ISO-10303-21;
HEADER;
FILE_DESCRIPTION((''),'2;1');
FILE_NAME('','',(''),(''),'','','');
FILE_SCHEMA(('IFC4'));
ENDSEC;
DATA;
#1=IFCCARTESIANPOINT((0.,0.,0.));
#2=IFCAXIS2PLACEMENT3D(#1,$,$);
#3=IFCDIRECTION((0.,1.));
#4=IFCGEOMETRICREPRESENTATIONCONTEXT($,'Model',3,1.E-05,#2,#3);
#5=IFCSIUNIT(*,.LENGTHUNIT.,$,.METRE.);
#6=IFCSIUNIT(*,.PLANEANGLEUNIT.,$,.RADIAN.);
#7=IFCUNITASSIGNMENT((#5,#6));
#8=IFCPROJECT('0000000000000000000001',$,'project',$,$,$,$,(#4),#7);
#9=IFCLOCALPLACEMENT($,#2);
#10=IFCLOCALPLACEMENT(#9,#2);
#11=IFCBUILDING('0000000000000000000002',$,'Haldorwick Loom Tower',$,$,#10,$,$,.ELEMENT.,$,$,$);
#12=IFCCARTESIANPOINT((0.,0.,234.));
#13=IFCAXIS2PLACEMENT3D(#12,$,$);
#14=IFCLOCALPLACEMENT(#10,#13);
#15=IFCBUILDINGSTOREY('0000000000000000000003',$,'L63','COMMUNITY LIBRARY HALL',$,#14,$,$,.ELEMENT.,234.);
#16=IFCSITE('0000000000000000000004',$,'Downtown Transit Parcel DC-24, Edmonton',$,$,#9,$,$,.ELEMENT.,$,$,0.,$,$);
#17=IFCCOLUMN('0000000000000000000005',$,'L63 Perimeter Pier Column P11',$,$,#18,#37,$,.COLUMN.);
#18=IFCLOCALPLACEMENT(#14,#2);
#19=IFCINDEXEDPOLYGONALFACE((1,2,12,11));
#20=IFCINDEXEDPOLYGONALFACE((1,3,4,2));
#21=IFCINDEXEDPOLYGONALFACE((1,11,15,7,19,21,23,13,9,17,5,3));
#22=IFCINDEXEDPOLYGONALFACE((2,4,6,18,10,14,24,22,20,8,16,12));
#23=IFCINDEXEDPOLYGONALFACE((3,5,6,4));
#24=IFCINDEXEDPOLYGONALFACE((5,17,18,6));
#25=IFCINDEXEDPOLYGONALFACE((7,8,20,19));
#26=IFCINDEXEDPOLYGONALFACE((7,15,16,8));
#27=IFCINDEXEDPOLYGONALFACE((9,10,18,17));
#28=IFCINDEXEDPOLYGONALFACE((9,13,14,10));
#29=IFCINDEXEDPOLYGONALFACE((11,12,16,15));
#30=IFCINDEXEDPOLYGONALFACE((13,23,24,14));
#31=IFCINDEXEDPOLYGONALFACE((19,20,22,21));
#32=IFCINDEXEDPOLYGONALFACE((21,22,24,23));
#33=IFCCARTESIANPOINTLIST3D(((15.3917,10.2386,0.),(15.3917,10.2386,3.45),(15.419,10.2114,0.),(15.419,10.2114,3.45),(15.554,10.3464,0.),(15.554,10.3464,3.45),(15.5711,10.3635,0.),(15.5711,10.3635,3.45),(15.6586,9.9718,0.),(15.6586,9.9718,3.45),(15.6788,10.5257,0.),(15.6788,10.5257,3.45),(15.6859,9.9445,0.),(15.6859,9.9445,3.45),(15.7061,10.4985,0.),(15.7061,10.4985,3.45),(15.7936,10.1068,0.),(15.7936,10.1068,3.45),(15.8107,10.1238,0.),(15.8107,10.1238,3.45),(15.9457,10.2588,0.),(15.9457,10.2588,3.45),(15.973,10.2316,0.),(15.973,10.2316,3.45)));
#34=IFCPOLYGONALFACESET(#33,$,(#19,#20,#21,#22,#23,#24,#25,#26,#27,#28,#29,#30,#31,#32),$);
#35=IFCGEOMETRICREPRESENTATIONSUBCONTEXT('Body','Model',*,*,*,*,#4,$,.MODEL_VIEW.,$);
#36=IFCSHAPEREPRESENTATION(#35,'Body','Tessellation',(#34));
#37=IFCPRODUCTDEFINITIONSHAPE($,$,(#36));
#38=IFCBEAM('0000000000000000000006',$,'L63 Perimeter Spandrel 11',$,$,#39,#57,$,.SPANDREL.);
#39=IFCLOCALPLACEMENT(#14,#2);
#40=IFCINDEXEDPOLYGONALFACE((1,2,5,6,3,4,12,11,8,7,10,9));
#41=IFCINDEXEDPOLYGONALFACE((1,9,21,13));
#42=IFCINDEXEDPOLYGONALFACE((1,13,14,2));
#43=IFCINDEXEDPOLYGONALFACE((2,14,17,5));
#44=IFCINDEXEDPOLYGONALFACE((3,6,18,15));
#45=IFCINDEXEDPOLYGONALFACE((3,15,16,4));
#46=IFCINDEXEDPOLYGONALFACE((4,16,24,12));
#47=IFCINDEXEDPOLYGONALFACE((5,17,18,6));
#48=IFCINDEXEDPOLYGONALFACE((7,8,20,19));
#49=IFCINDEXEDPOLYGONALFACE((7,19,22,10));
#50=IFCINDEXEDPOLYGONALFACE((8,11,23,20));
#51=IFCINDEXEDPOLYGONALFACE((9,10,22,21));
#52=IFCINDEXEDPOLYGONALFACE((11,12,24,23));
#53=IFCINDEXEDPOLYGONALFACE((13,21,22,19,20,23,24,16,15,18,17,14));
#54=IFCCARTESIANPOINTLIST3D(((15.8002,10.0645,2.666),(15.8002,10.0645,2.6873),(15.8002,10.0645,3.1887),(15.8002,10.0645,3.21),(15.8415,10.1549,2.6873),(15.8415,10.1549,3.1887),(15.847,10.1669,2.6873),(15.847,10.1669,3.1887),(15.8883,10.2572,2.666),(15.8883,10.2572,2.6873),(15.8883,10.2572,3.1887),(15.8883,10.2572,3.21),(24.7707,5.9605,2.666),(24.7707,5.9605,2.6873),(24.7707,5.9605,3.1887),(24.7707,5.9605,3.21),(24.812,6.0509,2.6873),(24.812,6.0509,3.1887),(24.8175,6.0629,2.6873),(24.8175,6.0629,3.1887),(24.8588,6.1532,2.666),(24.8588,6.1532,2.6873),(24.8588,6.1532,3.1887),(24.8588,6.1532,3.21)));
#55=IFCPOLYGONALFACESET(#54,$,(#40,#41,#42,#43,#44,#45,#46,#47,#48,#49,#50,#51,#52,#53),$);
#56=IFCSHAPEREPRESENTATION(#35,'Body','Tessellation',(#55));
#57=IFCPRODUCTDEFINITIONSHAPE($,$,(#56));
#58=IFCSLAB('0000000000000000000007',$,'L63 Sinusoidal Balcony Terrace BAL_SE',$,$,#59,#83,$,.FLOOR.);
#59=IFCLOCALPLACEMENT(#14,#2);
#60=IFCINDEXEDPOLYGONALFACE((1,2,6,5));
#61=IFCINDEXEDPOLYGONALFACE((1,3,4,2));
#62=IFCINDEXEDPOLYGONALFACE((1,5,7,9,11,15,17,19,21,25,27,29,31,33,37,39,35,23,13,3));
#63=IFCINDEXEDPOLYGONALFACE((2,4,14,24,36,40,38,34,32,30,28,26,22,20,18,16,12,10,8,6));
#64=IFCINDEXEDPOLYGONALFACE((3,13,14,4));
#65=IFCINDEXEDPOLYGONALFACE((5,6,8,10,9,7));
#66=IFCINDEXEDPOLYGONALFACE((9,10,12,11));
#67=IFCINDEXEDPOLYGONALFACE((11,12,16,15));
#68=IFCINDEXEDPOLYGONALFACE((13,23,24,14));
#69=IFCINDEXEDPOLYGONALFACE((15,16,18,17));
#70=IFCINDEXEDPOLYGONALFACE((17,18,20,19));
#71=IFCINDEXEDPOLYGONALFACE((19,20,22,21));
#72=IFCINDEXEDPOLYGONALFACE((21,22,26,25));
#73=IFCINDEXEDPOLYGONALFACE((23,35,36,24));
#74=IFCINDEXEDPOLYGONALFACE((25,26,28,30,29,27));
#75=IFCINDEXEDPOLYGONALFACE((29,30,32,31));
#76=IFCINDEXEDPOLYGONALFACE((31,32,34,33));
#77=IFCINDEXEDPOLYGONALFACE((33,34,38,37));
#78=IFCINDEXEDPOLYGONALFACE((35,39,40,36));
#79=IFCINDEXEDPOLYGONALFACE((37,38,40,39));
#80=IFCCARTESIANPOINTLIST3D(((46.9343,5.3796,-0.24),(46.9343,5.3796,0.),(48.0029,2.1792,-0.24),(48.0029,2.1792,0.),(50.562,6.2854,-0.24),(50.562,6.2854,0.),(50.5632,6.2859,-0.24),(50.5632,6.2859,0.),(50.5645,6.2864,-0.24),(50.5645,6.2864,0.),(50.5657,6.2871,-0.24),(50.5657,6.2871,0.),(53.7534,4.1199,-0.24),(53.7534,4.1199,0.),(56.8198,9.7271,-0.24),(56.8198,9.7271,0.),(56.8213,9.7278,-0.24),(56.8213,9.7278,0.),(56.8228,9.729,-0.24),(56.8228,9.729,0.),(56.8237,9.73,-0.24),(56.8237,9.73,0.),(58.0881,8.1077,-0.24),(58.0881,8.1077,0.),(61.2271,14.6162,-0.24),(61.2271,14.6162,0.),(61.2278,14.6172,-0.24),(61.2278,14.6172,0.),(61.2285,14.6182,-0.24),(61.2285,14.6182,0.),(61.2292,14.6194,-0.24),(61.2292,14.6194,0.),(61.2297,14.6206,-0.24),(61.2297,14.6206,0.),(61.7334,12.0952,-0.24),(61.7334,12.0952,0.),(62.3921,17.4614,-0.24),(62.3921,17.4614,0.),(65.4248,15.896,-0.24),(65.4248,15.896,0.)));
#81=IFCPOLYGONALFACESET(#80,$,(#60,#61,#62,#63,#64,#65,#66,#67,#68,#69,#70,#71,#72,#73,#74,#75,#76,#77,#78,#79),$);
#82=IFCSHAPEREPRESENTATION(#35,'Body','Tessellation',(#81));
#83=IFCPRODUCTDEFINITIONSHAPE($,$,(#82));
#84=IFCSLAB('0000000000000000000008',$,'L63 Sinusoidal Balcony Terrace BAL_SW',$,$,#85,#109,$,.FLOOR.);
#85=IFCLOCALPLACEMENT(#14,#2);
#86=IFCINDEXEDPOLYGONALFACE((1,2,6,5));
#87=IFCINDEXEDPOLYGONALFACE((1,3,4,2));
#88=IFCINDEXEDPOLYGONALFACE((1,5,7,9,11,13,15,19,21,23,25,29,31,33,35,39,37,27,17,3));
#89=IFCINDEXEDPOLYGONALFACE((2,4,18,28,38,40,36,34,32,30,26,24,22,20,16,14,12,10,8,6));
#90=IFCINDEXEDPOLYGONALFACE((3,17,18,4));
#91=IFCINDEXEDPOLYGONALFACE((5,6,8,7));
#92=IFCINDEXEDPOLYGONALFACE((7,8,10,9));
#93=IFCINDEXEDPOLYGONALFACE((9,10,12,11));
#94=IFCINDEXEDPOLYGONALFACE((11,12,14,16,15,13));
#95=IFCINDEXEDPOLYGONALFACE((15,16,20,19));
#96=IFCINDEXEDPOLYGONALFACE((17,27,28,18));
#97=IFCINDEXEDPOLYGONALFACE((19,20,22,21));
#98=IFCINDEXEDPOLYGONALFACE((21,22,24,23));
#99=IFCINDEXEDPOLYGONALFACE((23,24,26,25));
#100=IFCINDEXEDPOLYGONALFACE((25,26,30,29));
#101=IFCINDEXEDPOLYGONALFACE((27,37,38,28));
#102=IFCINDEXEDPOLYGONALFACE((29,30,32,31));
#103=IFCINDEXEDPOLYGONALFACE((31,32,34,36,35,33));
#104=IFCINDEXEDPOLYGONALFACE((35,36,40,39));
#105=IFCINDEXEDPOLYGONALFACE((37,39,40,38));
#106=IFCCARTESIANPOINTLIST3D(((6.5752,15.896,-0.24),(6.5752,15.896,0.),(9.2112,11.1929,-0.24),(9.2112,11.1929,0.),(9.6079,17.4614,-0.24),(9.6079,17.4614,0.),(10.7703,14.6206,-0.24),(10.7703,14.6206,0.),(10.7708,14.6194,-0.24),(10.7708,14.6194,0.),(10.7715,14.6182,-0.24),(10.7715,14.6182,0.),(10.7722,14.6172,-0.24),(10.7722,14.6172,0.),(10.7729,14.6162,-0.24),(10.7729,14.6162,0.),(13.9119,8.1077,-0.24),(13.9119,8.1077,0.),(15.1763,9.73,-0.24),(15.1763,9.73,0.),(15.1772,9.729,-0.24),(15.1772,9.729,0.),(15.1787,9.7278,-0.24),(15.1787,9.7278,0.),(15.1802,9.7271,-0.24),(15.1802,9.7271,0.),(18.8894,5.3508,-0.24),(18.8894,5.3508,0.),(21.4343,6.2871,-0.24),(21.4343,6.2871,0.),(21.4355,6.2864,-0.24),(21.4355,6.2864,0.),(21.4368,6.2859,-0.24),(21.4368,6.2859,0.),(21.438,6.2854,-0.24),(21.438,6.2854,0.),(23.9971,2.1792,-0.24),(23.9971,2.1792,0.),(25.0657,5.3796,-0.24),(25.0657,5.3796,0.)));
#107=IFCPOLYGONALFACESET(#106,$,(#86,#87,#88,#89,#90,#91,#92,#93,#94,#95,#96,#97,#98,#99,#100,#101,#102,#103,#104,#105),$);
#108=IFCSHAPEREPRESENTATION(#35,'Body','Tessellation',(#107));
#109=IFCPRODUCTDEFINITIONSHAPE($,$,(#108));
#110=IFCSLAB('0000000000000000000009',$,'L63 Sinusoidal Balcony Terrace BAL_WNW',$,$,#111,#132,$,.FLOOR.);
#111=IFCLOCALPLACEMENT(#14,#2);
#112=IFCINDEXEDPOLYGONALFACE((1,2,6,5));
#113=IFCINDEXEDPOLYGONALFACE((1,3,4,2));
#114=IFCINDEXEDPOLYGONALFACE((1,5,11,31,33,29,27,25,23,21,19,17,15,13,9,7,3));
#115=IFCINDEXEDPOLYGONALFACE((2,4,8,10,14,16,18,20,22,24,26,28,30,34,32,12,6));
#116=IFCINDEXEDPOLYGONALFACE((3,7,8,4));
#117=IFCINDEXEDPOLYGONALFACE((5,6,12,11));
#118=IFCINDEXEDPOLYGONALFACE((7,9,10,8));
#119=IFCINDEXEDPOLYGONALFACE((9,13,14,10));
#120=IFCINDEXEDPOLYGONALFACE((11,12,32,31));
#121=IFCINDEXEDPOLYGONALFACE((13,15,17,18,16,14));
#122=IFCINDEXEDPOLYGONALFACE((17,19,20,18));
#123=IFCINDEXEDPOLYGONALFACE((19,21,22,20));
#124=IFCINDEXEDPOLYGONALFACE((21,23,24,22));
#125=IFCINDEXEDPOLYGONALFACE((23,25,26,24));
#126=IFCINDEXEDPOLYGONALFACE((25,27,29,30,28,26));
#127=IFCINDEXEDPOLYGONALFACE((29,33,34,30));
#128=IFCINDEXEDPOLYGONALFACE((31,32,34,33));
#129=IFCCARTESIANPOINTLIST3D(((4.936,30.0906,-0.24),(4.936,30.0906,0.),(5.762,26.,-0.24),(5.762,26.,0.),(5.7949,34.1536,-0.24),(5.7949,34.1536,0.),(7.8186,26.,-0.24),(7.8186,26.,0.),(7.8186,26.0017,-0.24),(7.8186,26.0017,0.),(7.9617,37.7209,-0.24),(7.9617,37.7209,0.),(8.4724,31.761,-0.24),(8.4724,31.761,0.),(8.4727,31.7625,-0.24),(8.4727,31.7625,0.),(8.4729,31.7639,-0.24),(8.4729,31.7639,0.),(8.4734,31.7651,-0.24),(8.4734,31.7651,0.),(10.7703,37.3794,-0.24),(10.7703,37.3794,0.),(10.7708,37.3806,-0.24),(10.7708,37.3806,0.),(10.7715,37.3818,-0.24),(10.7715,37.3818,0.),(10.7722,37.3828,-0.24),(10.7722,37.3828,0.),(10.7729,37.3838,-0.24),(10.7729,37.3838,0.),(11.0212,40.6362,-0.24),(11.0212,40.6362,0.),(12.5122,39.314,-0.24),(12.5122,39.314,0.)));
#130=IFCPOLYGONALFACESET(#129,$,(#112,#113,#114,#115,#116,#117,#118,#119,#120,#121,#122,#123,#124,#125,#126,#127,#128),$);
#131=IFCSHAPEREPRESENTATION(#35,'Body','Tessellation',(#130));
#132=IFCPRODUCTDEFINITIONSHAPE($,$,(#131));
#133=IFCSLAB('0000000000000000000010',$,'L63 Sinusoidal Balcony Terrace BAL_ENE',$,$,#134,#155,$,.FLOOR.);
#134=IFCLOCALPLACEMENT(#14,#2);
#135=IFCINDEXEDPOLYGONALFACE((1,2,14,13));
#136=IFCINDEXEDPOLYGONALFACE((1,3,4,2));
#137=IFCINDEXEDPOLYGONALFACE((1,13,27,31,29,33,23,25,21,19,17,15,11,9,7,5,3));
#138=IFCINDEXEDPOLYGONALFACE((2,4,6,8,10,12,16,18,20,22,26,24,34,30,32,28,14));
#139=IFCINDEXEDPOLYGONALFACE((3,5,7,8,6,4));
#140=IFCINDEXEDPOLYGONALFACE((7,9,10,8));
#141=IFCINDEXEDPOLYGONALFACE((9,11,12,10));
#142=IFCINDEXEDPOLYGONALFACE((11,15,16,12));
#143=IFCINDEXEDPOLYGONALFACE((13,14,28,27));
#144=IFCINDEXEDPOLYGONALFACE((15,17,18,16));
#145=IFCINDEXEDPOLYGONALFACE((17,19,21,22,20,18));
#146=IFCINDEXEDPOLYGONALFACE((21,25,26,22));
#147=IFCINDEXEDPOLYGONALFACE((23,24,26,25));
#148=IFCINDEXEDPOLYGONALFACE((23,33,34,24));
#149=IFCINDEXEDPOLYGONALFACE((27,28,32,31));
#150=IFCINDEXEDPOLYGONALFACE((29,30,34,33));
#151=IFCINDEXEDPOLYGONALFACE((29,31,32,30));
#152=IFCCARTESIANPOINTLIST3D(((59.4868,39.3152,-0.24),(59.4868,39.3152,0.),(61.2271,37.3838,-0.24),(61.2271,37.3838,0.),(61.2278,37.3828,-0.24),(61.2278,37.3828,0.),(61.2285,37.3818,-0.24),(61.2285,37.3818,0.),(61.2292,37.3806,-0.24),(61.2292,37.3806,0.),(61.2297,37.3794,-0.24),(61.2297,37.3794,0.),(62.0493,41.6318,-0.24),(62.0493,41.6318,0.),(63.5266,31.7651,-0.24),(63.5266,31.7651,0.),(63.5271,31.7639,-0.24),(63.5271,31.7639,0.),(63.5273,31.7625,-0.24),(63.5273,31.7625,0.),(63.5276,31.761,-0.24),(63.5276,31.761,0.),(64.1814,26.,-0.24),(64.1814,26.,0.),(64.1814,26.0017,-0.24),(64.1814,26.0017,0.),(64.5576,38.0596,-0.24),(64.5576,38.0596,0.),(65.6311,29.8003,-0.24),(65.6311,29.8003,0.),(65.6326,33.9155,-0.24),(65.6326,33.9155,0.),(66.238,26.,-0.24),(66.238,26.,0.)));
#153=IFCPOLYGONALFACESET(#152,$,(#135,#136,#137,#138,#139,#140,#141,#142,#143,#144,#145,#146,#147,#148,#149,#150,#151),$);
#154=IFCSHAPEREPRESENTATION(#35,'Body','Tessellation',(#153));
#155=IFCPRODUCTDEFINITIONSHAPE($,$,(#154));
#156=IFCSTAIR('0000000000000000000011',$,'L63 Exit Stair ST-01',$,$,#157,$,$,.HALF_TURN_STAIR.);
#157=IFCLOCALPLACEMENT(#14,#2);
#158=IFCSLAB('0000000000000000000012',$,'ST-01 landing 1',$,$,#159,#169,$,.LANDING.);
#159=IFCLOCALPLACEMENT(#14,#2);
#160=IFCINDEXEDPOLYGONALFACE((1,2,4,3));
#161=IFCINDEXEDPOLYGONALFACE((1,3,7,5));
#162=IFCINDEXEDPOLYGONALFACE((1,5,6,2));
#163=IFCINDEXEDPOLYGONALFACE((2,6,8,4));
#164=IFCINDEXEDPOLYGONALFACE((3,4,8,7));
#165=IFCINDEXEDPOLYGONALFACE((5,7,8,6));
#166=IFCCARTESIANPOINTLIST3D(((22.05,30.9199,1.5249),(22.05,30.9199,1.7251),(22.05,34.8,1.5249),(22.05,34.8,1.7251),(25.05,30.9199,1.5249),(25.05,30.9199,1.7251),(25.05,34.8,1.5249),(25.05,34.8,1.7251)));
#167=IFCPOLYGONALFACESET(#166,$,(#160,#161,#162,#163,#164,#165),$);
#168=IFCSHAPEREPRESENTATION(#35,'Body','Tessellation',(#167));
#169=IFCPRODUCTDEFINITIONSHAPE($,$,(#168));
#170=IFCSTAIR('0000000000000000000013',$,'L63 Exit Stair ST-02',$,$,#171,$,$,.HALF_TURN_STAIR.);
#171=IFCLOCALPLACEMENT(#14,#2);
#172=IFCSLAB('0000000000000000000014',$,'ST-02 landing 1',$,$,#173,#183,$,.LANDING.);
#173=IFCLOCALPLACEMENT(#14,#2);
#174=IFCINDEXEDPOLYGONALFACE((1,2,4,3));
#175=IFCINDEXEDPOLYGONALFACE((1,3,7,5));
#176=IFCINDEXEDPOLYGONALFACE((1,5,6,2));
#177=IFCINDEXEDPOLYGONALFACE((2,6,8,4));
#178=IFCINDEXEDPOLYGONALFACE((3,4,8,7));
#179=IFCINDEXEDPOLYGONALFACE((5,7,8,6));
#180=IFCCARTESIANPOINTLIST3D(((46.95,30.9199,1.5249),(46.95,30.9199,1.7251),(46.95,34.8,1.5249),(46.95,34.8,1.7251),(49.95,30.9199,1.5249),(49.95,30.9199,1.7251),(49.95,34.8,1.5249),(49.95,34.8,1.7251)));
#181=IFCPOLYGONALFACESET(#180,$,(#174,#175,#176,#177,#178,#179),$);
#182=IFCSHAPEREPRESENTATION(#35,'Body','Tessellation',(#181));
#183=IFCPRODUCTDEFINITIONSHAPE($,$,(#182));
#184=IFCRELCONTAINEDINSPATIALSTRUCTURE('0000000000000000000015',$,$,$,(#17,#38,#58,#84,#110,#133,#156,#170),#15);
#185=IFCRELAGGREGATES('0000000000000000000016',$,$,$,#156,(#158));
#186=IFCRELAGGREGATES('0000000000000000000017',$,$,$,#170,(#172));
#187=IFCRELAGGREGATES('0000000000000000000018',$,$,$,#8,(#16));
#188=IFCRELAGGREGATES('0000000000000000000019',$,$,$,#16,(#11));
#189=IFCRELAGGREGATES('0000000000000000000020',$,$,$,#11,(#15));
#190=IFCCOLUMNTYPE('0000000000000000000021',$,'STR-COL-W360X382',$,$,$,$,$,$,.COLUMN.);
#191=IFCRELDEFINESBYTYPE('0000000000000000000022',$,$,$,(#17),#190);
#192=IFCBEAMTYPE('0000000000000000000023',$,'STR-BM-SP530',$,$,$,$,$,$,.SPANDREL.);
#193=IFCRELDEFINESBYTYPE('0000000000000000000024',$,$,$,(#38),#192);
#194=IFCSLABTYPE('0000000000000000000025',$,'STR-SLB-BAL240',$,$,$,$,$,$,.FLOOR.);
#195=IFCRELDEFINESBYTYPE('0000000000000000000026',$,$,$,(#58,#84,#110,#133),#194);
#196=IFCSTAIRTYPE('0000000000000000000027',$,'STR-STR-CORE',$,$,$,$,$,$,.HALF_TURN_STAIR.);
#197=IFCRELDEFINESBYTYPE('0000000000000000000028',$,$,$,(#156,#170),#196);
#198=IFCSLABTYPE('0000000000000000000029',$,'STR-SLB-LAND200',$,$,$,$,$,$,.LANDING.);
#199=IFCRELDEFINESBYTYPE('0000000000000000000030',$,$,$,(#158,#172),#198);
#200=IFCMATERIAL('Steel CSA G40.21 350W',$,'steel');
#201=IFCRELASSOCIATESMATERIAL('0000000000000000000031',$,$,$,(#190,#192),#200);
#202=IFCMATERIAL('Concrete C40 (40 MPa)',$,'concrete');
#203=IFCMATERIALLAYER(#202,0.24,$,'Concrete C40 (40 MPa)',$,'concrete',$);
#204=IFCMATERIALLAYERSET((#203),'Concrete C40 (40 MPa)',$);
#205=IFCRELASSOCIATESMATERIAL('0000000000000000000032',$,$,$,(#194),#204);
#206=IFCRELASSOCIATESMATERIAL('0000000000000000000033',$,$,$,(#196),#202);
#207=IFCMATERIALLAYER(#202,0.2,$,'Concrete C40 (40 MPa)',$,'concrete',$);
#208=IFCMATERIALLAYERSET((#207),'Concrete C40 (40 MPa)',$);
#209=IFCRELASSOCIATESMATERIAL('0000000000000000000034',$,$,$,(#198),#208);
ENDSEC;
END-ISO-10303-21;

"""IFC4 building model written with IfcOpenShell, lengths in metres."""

from ifc_helpers import new_model, si_unit, direction, frame, origin, origin_2d, place, context, subcontext, project, spatial, polyline, i_section, outline, extrude, material, layer, layer_set, material_profile, profile_set, type_object, element, aggregate, save


model = new_model("IFC4")

# Units and contexts
model_context = context("Model", 3, precision=1e-05, world=origin(), true_north=direction((0.0, 1.0)))
body_context = subcontext(model_context, "Body", "Model", "MODEL_VIEW")
ifc_project = project(units=[si_unit("LENGTHUNIT", "METRE"), si_unit("PLANEANGLEUNIT", "RADIAN")], contexts=[model_context])

# Site, building, storey
site_placement = place(None, origin())
site = spatial("IfcSite", under=ifc_project, at=site_placement, Name="Downtown Transit Parcel DC-24, Edmonton", CompositionType="ELEMENT", RefElevation=0.0)
building_placement = place(site_placement, origin())
building = spatial("IfcBuilding", under=site, at=building_placement, Name="Haldorwick Loom Tower", CompositionType="ELEMENT")
storey_placement = place(building_placement, frame((0.0, 0.0, 234.0)))
storey = spatial("IfcBuildingStorey", under=building, at=storey_placement, Name="L63", Description="COMMUNITY LIBRARY HALL", CompositionType="ELEMENT", Elevation=234.0)

# Column
ifc_material_1 = material(Name="Steel CSA G40.21 350W", Category="steel")
ifc_material_profile_1 = material_profile(ifc_material_1, i_section(OverallWidth=0.406, OverallDepth=0.416, WebThickness=0.0242, FlangeThickness=0.0386, at=origin_2d()), Name="W360X382", Category="steel")
ifc_profile_set_1 = profile_set([ifc_material_profile_1], Name="Steel CSA G40.21 350W")
column_type = type_object("IfcColumnType", Name="STR-COL-W360X382", PredefinedType="COLUMN", material=ifc_profile_set_1)
column_placement = place(storey_placement, frame((15.6824, 10.2351, 0.0), z_axis=(0.0, 0.0, 1.0), x_axis=(-0.707107, -0.707107, 0.0)))
element("IfcColumn", 1, at=column_placement, inside=storey, type_object=column_type, Name="L63 Perimeter Pier Column P11", PredefinedType="COLUMN", context=body_context, shape_type="SweptSolid", body=[
    extrude(i_section(OverallWidth=0.406, OverallDepth=0.416, WebThickness=0.0242, FlangeThickness=0.0386, at=origin_2d()), origin(), (0.0, 0.0, 1.0), 3.45),
])

# Beam
ifc_material_profile_2 = material_profile(ifc_material_1, i_section(OverallWidth=0.2119, OverallDepth=0.5439, WebThickness=0.0132, FlangeThickness=0.0212, at=origin_2d()), Name="W530X123", Category="steel")
ifc_profile_set_2 = profile_set([ifc_material_profile_2], Name="Steel CSA G40.21 350W")
beam_type = type_object("IfcBeamType", Name="STR-BM-SP530", PredefinedType="SPANDREL", material=ifc_profile_set_2)
beam_placement = place(storey_placement, frame((15.8442, 10.1609, 2.938), z_axis=(0.909351, -0.41603, 0.0), x_axis=(0.41603, 0.909351, 0.0)))
element("IfcBeam", 2, at=beam_placement, inside=storey, type_object=beam_type, Name="L63 Perimeter Spandrel 11", PredefinedType="SPANDREL", context=body_context, shape_type="SweptSolid", body=[
    extrude(i_section(OverallWidth=0.2119, OverallDepth=0.5439, WebThickness=0.0132, FlangeThickness=0.0212, at=origin_2d()), origin(), (0.0, 0.0, 1.0), 9.8647),
])

# Slabs
ifc_material_2 = material(Name="Concrete C40 (40 MPa)", Category="concrete")
ifc_layer_1 = layer(ifc_material_2, 0.24, Name="Concrete C40 (40 MPa)", Category="concrete")
ifc_layer_set_1 = layer_set([ifc_layer_1], Name="Concrete C40 (40 MPa)")
slab_type_1 = type_object("IfcSlabType", Name="STR-SLB-BAL240", PredefinedType="FLOOR", material=ifc_layer_set_1)
slab_1_placement = place(storey_placement, frame((0.0, 0.0, -0.24)))
element("IfcSlab", 3, at=slab_1_placement, inside=storey, type_object=slab_type_1, Name="L63 Sinusoidal Balcony Terrace BAL_SE", PredefinedType="FLOOR", context=body_context, shape_type="SweptSolid", body=[
    extrude(outline(polyline([(62.3921, 17.4614), (61.2297, 14.6206), (61.2292, 14.6194), (61.2285, 14.6182), (61.2278, 14.6172), (61.2271, 14.6162), (56.8237, 9.73), (56.8228, 9.729), (56.8213, 9.7278), (56.8198, 9.7271), (50.5657, 6.2871), (50.5645, 6.2864), (50.5632, 6.2859), (50.562, 6.2854), (46.9343, 5.3796), (48.0029, 2.1792), (53.7534, 4.1199), (58.0881, 8.1077), (61.7334, 12.0952), (65.4248, 15.896), (62.3921, 17.4614)])), origin(), (0.0, 0.0, 1.0), 0.24),
])
slab_2_placement = place(storey_placement, frame((0.0, 0.0, -0.24)))
element("IfcSlab", 4, at=slab_2_placement, inside=storey, type_object=slab_type_1, Name="L63 Sinusoidal Balcony Terrace BAL_SW", PredefinedType="FLOOR", context=body_context, shape_type="SweptSolid", body=[
    extrude(outline(polyline([(25.0657, 5.3796), (21.438, 6.2854), (21.4368, 6.2859), (21.4355, 6.2864), (21.4343, 6.2871), (15.1802, 9.7271), (15.1787, 9.7278), (15.1772, 9.729), (15.1763, 9.73), (10.7729, 14.6162), (10.7722, 14.6172), (10.7715, 14.6182), (10.7708, 14.6194), (10.7703, 14.6206), (9.6079, 17.4614), (6.5752, 15.896), (9.2112, 11.1929), (13.9119, 8.1077), (18.8894, 5.3508), (23.9971, 2.1792), (25.0657, 5.3796)])), origin(), (0.0, 0.0, 1.0), 0.24),
])
slab_3_placement = place(storey_placement, frame((0.0, 0.0, -0.24)))
element("IfcSlab", 5, at=slab_3_placement, inside=storey, type_object=slab_type_1, Name="L63 Sinusoidal Balcony Terrace BAL_WNW", PredefinedType="FLOOR", context=body_context, shape_type="SweptSolid", body=[
    extrude(outline(polyline([(7.8186, 26.0), (7.8186, 26.0017), (8.4724, 31.761), (8.4727, 31.7625), (8.4729, 31.7639), (8.4734, 31.7651), (10.7703, 37.3794), (10.7708, 37.3806), (10.7715, 37.3818), (10.7722, 37.3828), (10.7729, 37.3838), (12.5122, 39.314), (11.0212, 40.6362), (7.9617, 37.7209), (5.7949, 34.1536), (4.936, 30.0906), (5.762, 26.0), (7.8186, 26.0)])), origin(), (0.0, 0.0, 1.0), 0.24),
])
slab_4_placement = place(storey_placement, frame((0.0, 0.0, -0.24)))
element("IfcSlab", 6, at=slab_4_placement, inside=storey, type_object=slab_type_1, Name="L63 Sinusoidal Balcony Terrace BAL_ENE", PredefinedType="FLOOR", context=body_context, shape_type="SweptSolid", body=[
    extrude(outline(polyline([(59.4868, 39.3152), (61.2271, 37.3838), (61.2278, 37.3828), (61.2285, 37.3818), (61.2292, 37.3806), (61.2297, 37.3794), (63.5266, 31.7651), (63.5271, 31.7639), (63.5273, 31.7625), (63.5276, 31.761), (64.1814, 26.0017), (64.1814, 26.0), (66.238, 26.0), (65.6311, 29.8003), (65.6326, 33.9155), (64.5576, 38.0596), (62.0493, 41.6318), (59.4868, 39.3152)])), origin(), (0.0, 0.0, 1.0), 0.24),
])

# Stairs, slabs
stair_type = type_object("IfcStairType", Name="STR-STR-CORE", PredefinedType="HALF_TURN_STAIR", material=ifc_material_2)
stair_1_placement = place(storey_placement, origin())
stair_1 = element("IfcStair", 7, at=stair_1_placement, inside=storey, type_object=stair_type, Name="L63 Exit Stair ST-01", PredefinedType="HALF_TURN_STAIR")
ifc_layer_2 = layer(ifc_material_2, 0.2, Name="Concrete C40 (40 MPa)", Category="concrete")
ifc_layer_set_2 = layer_set([ifc_layer_2], Name="Concrete C40 (40 MPa)")
slab_type_2 = type_object("IfcSlabType", Name="STR-SLB-LAND200", PredefinedType="LANDING", material=ifc_layer_set_2)
slab_5_placement = place(storey_placement, frame((0.0, 0.0, 1.5249)))
slab_5 = element("IfcSlab", 8, at=slab_5_placement, type_object=slab_type_2, Name="ST-01 landing 1", PredefinedType="LANDING", context=body_context, shape_type="SweptSolid", body=[
    extrude(outline(polyline([(25.05, 30.9199), (25.05, 34.8), (22.05, 34.8), (22.05, 30.9199), (25.05, 30.9199)])), origin(), (0.0, 0.0, 1.0), 0.2002),
])
aggregate(stair_1, [slab_5])
stair_2_placement = place(storey_placement, origin())
stair_2 = element("IfcStair", 9, at=stair_2_placement, inside=storey, type_object=stair_type, Name="L63 Exit Stair ST-02", PredefinedType="HALF_TURN_STAIR")
slab_6_placement = place(storey_placement, frame((0.0, 0.0, 1.5249)))
slab_6 = element("IfcSlab", 10, at=slab_6_placement, type_object=slab_type_2, Name="ST-02 landing 1", PredefinedType="LANDING", context=body_context, shape_type="SweptSolid", body=[
    extrude(outline(polyline([(49.95, 30.9199), (49.95, 34.8), (46.95, 34.8), (46.95, 30.9199), (49.95, 30.9199)])), origin(), (0.0, 0.0, 1.0), 0.2002),
])
aggregate(stair_2, [slab_6])

save(model, "model.ifc")
